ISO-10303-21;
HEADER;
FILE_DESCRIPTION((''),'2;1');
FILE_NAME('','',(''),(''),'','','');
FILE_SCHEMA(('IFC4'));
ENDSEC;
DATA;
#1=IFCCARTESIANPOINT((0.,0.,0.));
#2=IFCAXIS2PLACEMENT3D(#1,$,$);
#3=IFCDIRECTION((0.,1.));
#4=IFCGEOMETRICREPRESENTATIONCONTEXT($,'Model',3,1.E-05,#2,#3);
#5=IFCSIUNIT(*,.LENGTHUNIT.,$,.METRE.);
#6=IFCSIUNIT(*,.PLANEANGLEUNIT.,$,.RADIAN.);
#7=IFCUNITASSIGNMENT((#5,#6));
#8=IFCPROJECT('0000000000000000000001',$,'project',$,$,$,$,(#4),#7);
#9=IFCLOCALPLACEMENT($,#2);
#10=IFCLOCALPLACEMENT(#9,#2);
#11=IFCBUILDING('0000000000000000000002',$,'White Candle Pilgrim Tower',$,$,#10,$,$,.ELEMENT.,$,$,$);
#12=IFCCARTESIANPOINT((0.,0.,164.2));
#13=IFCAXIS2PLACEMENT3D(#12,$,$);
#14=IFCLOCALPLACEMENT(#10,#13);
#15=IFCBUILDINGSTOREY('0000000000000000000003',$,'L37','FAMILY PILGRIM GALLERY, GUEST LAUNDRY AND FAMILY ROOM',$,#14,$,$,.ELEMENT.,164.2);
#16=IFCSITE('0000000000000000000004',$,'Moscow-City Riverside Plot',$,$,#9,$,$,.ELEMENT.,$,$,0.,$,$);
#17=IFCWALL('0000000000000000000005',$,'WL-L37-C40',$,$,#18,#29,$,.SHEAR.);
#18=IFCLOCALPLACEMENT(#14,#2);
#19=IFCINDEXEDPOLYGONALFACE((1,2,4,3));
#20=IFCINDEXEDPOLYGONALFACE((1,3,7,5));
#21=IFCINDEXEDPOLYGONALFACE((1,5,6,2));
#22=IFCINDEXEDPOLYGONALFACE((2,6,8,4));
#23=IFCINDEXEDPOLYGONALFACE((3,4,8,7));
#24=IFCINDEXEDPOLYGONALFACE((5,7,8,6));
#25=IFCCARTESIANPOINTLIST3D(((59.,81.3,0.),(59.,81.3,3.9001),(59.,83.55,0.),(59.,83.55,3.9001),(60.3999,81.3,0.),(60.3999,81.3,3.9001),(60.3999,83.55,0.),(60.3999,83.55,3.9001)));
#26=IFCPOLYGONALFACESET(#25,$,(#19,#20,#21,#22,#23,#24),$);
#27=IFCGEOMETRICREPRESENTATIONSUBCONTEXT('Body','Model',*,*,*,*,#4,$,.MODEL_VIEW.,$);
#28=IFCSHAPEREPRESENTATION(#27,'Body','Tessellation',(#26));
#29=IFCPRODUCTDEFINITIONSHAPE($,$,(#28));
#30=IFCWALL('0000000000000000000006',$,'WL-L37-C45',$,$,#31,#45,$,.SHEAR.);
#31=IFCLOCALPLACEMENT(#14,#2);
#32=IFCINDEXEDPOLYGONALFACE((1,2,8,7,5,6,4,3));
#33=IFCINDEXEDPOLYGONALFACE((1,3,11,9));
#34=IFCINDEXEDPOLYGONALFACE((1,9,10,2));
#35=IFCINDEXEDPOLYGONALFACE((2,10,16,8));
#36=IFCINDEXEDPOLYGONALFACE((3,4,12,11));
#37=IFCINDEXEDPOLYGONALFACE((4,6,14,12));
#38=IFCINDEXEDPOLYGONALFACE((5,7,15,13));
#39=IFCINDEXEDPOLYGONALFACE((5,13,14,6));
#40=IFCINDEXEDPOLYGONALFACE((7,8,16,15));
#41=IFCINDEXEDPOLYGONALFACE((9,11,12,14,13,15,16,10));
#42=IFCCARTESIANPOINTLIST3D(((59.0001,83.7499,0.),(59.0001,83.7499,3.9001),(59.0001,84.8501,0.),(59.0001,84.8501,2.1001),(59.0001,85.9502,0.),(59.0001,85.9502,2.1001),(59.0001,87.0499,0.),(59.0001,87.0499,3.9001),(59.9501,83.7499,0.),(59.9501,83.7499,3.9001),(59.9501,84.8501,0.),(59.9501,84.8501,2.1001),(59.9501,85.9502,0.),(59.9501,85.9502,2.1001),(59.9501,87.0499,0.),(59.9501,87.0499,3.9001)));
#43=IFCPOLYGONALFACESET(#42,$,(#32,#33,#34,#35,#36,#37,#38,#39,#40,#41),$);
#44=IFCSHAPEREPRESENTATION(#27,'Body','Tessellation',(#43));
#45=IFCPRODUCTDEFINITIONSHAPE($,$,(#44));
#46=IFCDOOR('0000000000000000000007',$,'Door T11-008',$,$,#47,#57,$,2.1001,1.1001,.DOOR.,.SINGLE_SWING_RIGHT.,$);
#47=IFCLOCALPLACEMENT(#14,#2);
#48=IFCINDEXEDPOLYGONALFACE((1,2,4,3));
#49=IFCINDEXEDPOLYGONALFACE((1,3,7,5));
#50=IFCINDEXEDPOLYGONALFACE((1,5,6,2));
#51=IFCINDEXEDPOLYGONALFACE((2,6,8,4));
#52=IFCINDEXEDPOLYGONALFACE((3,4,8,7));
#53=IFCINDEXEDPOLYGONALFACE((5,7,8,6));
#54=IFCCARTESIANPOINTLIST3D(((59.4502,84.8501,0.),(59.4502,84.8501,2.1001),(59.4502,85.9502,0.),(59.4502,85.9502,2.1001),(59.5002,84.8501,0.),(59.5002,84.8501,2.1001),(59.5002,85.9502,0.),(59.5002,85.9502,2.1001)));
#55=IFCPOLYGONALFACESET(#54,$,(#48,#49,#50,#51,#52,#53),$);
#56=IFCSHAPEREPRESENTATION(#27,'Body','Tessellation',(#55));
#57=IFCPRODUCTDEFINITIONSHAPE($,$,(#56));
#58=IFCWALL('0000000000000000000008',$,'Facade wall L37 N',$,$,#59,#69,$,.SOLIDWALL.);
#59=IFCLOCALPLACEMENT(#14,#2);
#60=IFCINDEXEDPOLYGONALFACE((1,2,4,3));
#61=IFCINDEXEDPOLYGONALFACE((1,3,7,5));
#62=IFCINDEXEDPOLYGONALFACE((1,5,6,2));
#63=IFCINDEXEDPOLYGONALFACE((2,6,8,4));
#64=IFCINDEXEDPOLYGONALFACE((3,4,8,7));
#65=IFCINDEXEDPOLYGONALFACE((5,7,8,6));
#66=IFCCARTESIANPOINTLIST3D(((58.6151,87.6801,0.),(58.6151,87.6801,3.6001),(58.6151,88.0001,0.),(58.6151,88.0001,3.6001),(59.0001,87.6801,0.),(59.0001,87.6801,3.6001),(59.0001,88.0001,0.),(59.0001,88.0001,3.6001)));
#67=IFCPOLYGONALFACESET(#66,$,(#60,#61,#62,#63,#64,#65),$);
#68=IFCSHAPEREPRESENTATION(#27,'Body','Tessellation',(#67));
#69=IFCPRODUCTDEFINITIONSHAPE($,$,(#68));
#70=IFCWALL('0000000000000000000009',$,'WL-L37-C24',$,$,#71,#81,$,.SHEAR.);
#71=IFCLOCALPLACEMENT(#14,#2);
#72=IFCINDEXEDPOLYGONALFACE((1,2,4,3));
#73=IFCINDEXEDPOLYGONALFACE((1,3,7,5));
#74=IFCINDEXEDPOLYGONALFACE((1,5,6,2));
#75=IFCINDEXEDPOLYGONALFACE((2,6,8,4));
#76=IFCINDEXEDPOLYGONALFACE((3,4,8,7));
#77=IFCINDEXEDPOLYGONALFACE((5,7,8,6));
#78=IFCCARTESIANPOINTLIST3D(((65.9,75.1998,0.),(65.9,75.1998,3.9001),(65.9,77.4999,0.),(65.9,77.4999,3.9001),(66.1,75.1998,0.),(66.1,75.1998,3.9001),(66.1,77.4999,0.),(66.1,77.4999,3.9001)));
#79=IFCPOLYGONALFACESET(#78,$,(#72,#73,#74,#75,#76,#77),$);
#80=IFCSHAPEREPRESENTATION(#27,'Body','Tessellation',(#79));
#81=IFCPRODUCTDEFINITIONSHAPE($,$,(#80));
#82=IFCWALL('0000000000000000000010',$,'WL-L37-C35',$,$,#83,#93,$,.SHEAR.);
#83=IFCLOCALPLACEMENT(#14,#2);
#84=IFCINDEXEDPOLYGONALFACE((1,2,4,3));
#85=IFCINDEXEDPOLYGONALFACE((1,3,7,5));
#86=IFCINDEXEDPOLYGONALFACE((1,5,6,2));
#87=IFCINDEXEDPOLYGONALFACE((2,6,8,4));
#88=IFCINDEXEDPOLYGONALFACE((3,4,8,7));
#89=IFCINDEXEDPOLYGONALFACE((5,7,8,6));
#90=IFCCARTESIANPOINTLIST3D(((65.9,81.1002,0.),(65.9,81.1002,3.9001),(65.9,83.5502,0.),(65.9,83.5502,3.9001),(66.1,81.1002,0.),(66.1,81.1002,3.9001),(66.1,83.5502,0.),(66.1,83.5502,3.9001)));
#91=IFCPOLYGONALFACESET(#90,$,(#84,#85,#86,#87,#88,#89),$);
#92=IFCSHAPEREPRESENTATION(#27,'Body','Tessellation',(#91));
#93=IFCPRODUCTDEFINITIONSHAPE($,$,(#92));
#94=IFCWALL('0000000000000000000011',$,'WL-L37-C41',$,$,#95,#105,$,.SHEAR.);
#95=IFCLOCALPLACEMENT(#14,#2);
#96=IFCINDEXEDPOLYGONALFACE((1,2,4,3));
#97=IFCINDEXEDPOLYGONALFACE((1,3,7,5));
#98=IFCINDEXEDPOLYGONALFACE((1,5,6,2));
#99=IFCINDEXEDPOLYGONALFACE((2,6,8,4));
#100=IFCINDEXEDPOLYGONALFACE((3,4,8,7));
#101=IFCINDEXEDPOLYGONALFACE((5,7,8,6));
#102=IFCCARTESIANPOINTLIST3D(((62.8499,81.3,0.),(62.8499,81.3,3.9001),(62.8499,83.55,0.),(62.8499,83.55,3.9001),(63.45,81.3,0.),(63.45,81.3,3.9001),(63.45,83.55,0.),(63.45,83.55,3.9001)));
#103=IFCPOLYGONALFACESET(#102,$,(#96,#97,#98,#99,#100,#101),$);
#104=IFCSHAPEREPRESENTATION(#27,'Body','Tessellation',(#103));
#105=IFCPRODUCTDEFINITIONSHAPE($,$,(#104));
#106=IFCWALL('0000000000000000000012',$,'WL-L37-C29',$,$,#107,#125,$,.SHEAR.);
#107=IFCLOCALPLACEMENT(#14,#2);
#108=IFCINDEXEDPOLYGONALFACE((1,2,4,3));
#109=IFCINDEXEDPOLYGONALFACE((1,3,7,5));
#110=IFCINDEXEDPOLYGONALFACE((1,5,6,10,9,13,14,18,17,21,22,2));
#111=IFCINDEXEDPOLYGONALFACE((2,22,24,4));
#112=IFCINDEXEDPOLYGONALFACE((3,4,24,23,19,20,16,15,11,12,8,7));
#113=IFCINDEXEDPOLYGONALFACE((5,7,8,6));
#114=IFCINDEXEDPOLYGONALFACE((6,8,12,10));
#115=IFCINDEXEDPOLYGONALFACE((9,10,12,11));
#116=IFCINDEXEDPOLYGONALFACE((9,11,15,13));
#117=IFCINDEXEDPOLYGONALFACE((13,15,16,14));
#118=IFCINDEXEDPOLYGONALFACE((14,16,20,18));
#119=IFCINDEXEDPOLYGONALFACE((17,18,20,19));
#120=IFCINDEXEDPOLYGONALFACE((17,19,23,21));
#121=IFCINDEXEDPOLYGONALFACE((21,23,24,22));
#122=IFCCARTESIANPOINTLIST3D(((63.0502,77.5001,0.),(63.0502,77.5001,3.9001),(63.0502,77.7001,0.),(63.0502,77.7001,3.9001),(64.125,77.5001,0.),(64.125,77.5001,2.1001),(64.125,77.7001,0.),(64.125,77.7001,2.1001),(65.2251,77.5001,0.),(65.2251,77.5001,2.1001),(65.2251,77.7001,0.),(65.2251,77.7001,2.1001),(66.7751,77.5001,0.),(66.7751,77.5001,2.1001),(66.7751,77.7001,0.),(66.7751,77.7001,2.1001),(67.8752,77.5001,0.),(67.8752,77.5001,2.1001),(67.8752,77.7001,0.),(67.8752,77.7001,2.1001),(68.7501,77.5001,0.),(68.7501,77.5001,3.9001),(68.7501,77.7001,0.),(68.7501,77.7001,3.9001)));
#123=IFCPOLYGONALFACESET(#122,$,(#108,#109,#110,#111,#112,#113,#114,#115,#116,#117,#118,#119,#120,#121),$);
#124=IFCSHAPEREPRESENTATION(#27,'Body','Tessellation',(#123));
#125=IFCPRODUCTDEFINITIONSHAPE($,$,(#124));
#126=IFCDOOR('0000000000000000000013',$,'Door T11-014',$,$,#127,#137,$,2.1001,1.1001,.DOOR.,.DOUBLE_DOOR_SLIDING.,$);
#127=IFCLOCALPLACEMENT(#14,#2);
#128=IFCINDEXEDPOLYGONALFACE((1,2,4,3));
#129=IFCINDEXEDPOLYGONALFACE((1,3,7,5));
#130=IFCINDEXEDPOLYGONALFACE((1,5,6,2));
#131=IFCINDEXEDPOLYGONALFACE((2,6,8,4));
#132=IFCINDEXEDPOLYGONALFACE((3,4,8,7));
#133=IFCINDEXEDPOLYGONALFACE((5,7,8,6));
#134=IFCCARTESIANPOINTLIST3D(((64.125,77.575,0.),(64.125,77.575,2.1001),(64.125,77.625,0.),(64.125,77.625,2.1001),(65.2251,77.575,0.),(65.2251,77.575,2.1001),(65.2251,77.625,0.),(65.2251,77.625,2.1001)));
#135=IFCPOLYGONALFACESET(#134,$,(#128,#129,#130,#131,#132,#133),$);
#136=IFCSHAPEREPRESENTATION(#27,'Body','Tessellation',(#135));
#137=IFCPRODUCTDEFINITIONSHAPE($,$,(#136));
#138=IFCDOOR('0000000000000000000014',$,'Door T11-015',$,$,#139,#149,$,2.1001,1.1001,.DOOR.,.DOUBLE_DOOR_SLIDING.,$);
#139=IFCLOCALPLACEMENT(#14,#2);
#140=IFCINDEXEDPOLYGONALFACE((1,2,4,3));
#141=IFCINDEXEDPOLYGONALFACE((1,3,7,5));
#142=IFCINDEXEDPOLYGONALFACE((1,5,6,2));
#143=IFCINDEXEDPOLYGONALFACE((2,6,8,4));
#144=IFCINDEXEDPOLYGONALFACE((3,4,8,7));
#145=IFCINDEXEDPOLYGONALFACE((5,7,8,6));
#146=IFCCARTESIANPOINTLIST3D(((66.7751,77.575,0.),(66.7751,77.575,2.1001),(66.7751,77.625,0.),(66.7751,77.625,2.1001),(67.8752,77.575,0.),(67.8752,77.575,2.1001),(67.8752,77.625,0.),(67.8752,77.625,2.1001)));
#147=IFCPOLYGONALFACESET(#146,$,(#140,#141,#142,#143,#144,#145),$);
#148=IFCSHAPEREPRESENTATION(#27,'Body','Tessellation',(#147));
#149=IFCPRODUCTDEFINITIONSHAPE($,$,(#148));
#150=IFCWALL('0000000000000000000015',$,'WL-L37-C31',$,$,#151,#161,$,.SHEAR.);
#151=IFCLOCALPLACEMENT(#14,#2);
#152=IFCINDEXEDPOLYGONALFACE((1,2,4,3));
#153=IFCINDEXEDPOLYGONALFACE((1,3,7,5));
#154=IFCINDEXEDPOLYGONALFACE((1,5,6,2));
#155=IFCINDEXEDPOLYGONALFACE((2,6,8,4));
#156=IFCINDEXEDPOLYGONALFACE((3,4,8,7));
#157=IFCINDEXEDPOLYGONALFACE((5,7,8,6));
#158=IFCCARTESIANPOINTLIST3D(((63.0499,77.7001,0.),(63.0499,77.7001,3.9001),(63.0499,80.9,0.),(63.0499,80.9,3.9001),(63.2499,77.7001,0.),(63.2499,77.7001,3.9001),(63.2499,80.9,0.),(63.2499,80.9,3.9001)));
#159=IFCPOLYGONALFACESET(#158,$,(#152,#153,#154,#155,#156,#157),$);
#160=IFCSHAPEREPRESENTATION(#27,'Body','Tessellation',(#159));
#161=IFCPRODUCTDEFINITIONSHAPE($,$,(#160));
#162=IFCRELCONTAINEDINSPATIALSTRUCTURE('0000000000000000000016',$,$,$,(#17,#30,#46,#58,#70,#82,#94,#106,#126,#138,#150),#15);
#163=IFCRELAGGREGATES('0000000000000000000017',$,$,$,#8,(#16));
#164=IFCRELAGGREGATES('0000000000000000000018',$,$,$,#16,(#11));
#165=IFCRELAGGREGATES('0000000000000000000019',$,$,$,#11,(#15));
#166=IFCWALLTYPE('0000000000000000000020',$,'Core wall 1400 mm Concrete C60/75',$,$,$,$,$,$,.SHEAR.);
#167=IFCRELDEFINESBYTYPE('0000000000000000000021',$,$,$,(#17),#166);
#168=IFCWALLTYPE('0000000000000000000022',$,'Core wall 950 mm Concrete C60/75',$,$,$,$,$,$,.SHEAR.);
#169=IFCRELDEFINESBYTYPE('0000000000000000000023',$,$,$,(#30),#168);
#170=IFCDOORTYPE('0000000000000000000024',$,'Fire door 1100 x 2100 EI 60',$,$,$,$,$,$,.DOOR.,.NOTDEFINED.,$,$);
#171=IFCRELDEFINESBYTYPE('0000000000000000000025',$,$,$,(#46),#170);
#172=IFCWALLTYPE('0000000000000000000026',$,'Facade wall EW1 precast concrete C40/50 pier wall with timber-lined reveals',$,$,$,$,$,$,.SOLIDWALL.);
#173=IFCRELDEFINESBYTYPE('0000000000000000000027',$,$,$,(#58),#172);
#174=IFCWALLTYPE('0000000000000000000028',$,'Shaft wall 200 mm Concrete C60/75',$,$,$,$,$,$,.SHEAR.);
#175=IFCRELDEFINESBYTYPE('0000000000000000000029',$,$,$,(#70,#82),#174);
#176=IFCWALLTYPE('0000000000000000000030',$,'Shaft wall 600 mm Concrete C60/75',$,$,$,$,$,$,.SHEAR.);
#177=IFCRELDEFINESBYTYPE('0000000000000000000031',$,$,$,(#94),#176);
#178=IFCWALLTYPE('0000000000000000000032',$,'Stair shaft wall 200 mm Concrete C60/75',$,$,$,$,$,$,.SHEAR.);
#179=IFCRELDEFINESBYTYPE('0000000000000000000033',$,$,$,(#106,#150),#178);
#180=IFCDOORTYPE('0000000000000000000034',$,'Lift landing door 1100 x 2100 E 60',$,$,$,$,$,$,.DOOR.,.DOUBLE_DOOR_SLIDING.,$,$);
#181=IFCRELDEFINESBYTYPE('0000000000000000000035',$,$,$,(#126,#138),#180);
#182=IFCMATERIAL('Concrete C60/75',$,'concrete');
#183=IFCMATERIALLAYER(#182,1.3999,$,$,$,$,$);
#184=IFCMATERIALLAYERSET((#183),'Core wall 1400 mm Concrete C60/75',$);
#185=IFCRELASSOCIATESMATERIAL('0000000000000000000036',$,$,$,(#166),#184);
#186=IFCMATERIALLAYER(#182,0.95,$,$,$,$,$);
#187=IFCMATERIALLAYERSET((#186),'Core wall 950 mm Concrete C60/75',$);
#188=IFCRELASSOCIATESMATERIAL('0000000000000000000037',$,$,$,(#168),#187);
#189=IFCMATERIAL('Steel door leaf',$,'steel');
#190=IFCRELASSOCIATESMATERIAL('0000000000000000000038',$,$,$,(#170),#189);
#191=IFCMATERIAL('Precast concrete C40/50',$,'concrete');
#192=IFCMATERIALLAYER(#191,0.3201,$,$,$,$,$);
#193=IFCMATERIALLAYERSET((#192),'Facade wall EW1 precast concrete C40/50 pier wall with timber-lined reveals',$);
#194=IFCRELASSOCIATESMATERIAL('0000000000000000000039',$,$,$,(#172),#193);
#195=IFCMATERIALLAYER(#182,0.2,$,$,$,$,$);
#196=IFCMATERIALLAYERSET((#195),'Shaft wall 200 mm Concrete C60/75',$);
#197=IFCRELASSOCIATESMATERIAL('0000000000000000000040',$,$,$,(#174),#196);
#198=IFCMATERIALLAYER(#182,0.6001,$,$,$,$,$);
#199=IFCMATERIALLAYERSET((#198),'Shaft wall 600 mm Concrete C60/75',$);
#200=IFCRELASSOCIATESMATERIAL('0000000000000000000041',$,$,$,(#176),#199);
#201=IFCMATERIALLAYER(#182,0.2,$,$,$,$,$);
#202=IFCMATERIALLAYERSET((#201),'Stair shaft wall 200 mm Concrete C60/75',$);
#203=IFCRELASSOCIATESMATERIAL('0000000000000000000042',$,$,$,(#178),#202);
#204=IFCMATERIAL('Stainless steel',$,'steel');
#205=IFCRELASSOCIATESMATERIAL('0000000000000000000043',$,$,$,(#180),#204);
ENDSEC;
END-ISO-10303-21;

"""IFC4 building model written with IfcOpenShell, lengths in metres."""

from ifc_helpers import new_model, si_unit, direction, frame, frame_2d, origin, place, context, subcontext, project, spatial, rectangle, extrude, material, layer, layer_set, type_object, element, fill, save


model = new_model("IFC4")

# Units and contexts
model_context = context("Model", 3, precision=1e-05, world=origin(), true_north=direction((0.0, 1.0)))
body_context = subcontext(model_context, "Body", "Model", "MODEL_VIEW")
ifc_project = project(units=[si_unit("LENGTHUNIT", "METRE"), si_unit("PLANEANGLEUNIT", "RADIAN")], contexts=[model_context])

# Site, building, storey
site_placement = place(None, origin())
site = spatial("IfcSite", under=ifc_project, at=site_placement, Name="Moscow-City Riverside Plot", CompositionType="ELEMENT", RefElevation=0.0)
building_placement = place(site_placement, origin())
building = spatial("IfcBuilding", under=site, at=building_placement, Name="White Candle Pilgrim Tower", CompositionType="ELEMENT")
storey_placement = place(building_placement, frame((0.0, 0.0, 164.2)))
storey = spatial("IfcBuildingStorey", under=building, at=storey_placement, Name="L37", Description="FAMILY PILGRIM GALLERY, GUEST LAUNDRY AND FAMILY ROOM", CompositionType="ELEMENT", Elevation=164.2)

# Wall
ifc_material_1 = material(Name="Concrete C60/75", Category="concrete")
ifc_layer_1 = layer(ifc_material_1, 1.3999)
ifc_layer_set_1 = layer_set([ifc_layer_1], Name="Core wall 1400 mm Concrete C60/75")
wall_type_1 = type_object("IfcWallType", Name="Core wall 1400 mm Concrete C60/75", PredefinedType="SHEAR", material=ifc_layer_set_1)
wall_1_placement = place(storey_placement, frame((59.7, 81.3, 0.0), z_axis=(0.0, 0.0, 1.0), x_axis=(0.0, 1.0, 0.0)))
element("IfcWall", 1, at=wall_1_placement, inside=storey, type_object=wall_type_1, Name="WL-L37-C40", PredefinedType="SHEAR", context=body_context, shape_type="SweptSolid", body=[
    extrude(rectangle(XDim=2.25, YDim=1.3999, at=frame_2d((1.125, 0.0))), origin(), (0.0, 0.0, 1.0), 3.9001),
])

# Wall, opening, door
ifc_layer_2 = layer(ifc_material_1, 0.95)
ifc_layer_set_2 = layer_set([ifc_layer_2], Name="Core wall 950 mm Concrete C60/75")
wall_type_2 = type_object("IfcWallType", Name="Core wall 950 mm Concrete C60/75", PredefinedType="SHEAR", material=ifc_layer_set_2)
wall_2_placement = place(storey_placement, frame((59.4751, 83.75, 0.0), z_axis=(0.0, 0.0, 1.0), x_axis=(0.0, 1.0, 0.0)))
wall_2 = element("IfcWall", 2, at=wall_2_placement, inside=storey, type_object=wall_type_2, Name="WL-L37-C45", PredefinedType="SHEAR", context=body_context, shape_type="SweptSolid", body=[
    extrude(rectangle(XDim=3.3, YDim=0.95, at=frame_2d((1.6499, 0.0))), origin(), (0.0, 0.0, 1.0), 3.9001),
])
opening_1_placement = place(wall_2_placement, frame((1.1001, 0.0, 0.0)))
opening_1 = element("IfcOpeningElement", 3, at=opening_1_placement, cuts=wall_2, PredefinedType="OPENING", context=body_context, shape_type="SweptSolid", body=[
    extrude(rectangle(XDim=1.1001, YDim=2.1001, at=frame_2d((0.55, 1.05))), frame((0.0, 0.4849, 0.0), z_axis=(0.0, -1.0, 0.0), x_axis=(1.0, 0.0, 0.0)), (0.0, 0.0, 1.0), 0.97),
])
ifc_material_2 = material(Name="Steel door leaf", Category="steel")
door_type_1 = type_object("IfcDoorType", Name="Fire door 1100 x 2100 EI 60", OperationType="NOTDEFINED", PredefinedType="DOOR", material=ifc_material_2)
door_1_placement = place(opening_1_placement, origin())
door_1 = element("IfcDoor", 4, at=door_1_placement, inside=storey, type_object=door_type_1, Name="Door T11-008", OperationType="SINGLE_SWING_RIGHT", OverallHeight=2.1001, OverallWidth=1.1001, PredefinedType="DOOR", context=body_context, shape_type="SweptSolid", body=[
    extrude(rectangle(XDim=1.1001, YDim=2.1001, at=frame_2d((0.55, 1.05))), frame((0.0, 0.0249, 0.0), z_axis=(0.0, -1.0, 0.0), x_axis=(1.0, 0.0, 0.0)), (0.0, 0.0, 1.0), 0.05),
])
fill(opening_1, door_1)

# Walls
ifc_material_3 = material(Name="Precast concrete C40/50", Category="concrete")
ifc_layer_3 = layer(ifc_material_3, 0.3201)
ifc_layer_set_3 = layer_set([ifc_layer_3], Name="Facade wall EW1 precast concrete C40/50 pier wall with timber-lined reveals")
wall_type_3 = type_object("IfcWallType", Name="Facade wall EW1 precast concrete C40/50 pier wall with timber-lined reveals", PredefinedType="SOLIDWALL", material=ifc_layer_set_3)
wall_3_placement = place(storey_placement, frame((59.0, 87.8401, 0.0), z_axis=(0.0, 0.0, 1.0), x_axis=(-1.0, 0.0, 0.0)))
element("IfcWall", 5, at=wall_3_placement, inside=storey, type_object=wall_type_3, Name="Facade wall L37 N", PredefinedType="SOLIDWALL", context=body_context, shape_type="SweptSolid", body=[
    extrude(rectangle(XDim=0.385, YDim=0.3201, at=frame_2d((0.1924, 0.0))), origin(), (0.0, 0.0, 1.0), 3.6001),
])
ifc_layer_4 = layer(ifc_material_1, 0.2)
ifc_layer_set_4 = layer_set([ifc_layer_4], Name="Shaft wall 200 mm Concrete C60/75")
wall_type_4 = type_object("IfcWallType", Name="Shaft wall 200 mm Concrete C60/75", PredefinedType="SHEAR", material=ifc_layer_set_4)
wall_4_placement = place(storey_placement, frame((66.0, 75.2, 0.0), z_axis=(0.0, 0.0, 1.0), x_axis=(0.0, 1.0, 0.0)))
element("IfcWall", 6, at=wall_4_placement, inside=storey, type_object=wall_type_4, Name="WL-L37-C24", PredefinedType="SHEAR", context=body_context, shape_type="SweptSolid", body=[
    extrude(rectangle(XDim=2.3, YDim=0.2, at=frame_2d((1.1499, 0.0))), origin(), (0.0, 0.0, 1.0), 3.9001),
])
wall_5_placement = place(storey_placement, frame((66.0, 81.1001, 0.0), z_axis=(0.0, 0.0, 1.0), x_axis=(0.0, 1.0, 0.0)))
element("IfcWall", 7, at=wall_5_placement, inside=storey, type_object=wall_type_4, Name="WL-L37-C35", PredefinedType="SHEAR", context=body_context, shape_type="SweptSolid", body=[
    extrude(rectangle(XDim=2.45, YDim=0.2, at=frame_2d((1.2251, 0.0))), origin(), (0.0, 0.0, 1.0), 3.9001),
])
ifc_layer_5 = layer(ifc_material_1, 0.6001)
ifc_layer_set_5 = layer_set([ifc_layer_5], Name="Shaft wall 600 mm Concrete C60/75")
wall_type_5 = type_object("IfcWallType", Name="Shaft wall 600 mm Concrete C60/75", PredefinedType="SHEAR", material=ifc_layer_set_5)
wall_6_placement = place(storey_placement, frame((63.1499, 81.3, 0.0), z_axis=(0.0, 0.0, 1.0), x_axis=(0.0, 1.0, 0.0)))
element("IfcWall", 8, at=wall_6_placement, inside=storey, type_object=wall_type_5, Name="WL-L37-C41", PredefinedType="SHEAR", context=body_context, shape_type="SweptSolid", body=[
    extrude(rectangle(XDim=2.25, YDim=0.6001, at=frame_2d((1.125, 0.0))), origin(), (0.0, 0.0, 1.0), 3.9001),
])

# Wall, openings, doors
ifc_layer_6 = layer(ifc_material_1, 0.2)
ifc_layer_set_6 = layer_set([ifc_layer_6], Name="Stair shaft wall 200 mm Concrete C60/75")
wall_type_6 = type_object("IfcWallType", Name="Stair shaft wall 200 mm Concrete C60/75", PredefinedType="SHEAR", material=ifc_layer_set_6)
wall_7_placement = place(storey_placement, frame((63.05, 77.6001, 0.0), z_axis=(0.0, 0.0, 1.0), x_axis=(1.0, 0.0, 0.0)))
wall_7 = element("IfcWall", 9, at=wall_7_placement, inside=storey, type_object=wall_type_6, Name="WL-L37-C29", PredefinedType="SHEAR", context=body_context, shape_type="SweptSolid", body=[
    extrude(rectangle(XDim=5.7, YDim=0.2, at=frame_2d((2.8501, 0.0))), origin(), (0.0, 0.0, 1.0), 3.9001),
])
opening_2_placement = place(wall_7_placement, frame((1.075, 0.0, 0.0)))
opening_2 = element("IfcOpeningElement", 10, at=opening_2_placement, cuts=wall_7, PredefinedType="OPENING", context=body_context, shape_type="SweptSolid", body=[
    extrude(rectangle(XDim=1.1001, YDim=2.1001, at=frame_2d((0.55, 1.05))), frame((0.0, 0.1099, 0.0), z_axis=(0.0, -1.0, 0.0), x_axis=(1.0, 0.0, 0.0)), (0.0, 0.0, 1.0), 0.22),
])
opening_3_placement = place(wall_7_placement, frame((3.7251, 0.0, 0.0)))
opening_3 = element("IfcOpeningElement", 11, at=opening_3_placement, cuts=wall_7, PredefinedType="OPENING", context=body_context, shape_type="SweptSolid", body=[
    extrude(rectangle(XDim=1.1001, YDim=2.1001, at=frame_2d((0.55, 1.05))), frame((0.0, 0.1099, 0.0), z_axis=(0.0, -1.0, 0.0), x_axis=(1.0, 0.0, 0.0)), (0.0, 0.0, 1.0), 0.22),
])
ifc_material_4 = material(Name="Stainless steel", Category="steel")
door_type_2 = type_object("IfcDoorType", Name="Lift landing door 1100 x 2100 E 60", OperationType="DOUBLE_DOOR_SLIDING", PredefinedType="DOOR", material=ifc_material_4)
door_2_placement = place(opening_2_placement, origin())
door_2 = element("IfcDoor", 12, at=door_2_placement, inside=storey, type_object=door_type_2, Name="Door T11-014", OperationType="DOUBLE_DOOR_SLIDING", OverallHeight=2.1001, OverallWidth=1.1001, PredefinedType="DOOR", context=body_context, shape_type="SweptSolid", body=[
    extrude(rectangle(XDim=1.1001, YDim=2.1001, at=frame_2d((0.55, 1.05))), frame((0.0, 0.0249, 0.0), z_axis=(0.0, -1.0, 0.0), x_axis=(1.0, 0.0, 0.0)), (0.0, 0.0, 1.0), 0.05),
])
fill(opening_2, door_2)
door_3_placement = place(opening_3_placement, origin())
door_3 = element("IfcDoor", 13, at=door_3_placement, inside=storey, type_object=door_type_2, Name="Door T11-015", OperationType="DOUBLE_DOOR_SLIDING", OverallHeight=2.1001, OverallWidth=1.1001, PredefinedType="DOOR", context=body_context, shape_type="SweptSolid", body=[
    extrude(rectangle(XDim=1.1001, YDim=2.1001, at=frame_2d((0.55, 1.05))), frame((0.0, 0.0249, 0.0), z_axis=(0.0, -1.0, 0.0), x_axis=(1.0, 0.0, 0.0)), (0.0, 0.0, 1.0), 0.05),
])
fill(opening_3, door_3)

# Wall
wall_8_placement = place(storey_placement, frame((63.1499, 77.7, 0.0), z_axis=(0.0, 0.0, 1.0), x_axis=(0.0, 1.0, 0.0)))
element("IfcWall", 14, at=wall_8_placement, inside=storey, type_object=wall_type_6, Name="WL-L37-C31", PredefinedType="SHEAR", context=body_context, shape_type="SweptSolid", body=[
    extrude(rectangle(XDim=3.2, YDim=0.2, at=frame_2d((1.6001, 0.0))), origin(), (0.0, 0.0, 1.0), 3.9001),
])

save(model, "model.ifc")
